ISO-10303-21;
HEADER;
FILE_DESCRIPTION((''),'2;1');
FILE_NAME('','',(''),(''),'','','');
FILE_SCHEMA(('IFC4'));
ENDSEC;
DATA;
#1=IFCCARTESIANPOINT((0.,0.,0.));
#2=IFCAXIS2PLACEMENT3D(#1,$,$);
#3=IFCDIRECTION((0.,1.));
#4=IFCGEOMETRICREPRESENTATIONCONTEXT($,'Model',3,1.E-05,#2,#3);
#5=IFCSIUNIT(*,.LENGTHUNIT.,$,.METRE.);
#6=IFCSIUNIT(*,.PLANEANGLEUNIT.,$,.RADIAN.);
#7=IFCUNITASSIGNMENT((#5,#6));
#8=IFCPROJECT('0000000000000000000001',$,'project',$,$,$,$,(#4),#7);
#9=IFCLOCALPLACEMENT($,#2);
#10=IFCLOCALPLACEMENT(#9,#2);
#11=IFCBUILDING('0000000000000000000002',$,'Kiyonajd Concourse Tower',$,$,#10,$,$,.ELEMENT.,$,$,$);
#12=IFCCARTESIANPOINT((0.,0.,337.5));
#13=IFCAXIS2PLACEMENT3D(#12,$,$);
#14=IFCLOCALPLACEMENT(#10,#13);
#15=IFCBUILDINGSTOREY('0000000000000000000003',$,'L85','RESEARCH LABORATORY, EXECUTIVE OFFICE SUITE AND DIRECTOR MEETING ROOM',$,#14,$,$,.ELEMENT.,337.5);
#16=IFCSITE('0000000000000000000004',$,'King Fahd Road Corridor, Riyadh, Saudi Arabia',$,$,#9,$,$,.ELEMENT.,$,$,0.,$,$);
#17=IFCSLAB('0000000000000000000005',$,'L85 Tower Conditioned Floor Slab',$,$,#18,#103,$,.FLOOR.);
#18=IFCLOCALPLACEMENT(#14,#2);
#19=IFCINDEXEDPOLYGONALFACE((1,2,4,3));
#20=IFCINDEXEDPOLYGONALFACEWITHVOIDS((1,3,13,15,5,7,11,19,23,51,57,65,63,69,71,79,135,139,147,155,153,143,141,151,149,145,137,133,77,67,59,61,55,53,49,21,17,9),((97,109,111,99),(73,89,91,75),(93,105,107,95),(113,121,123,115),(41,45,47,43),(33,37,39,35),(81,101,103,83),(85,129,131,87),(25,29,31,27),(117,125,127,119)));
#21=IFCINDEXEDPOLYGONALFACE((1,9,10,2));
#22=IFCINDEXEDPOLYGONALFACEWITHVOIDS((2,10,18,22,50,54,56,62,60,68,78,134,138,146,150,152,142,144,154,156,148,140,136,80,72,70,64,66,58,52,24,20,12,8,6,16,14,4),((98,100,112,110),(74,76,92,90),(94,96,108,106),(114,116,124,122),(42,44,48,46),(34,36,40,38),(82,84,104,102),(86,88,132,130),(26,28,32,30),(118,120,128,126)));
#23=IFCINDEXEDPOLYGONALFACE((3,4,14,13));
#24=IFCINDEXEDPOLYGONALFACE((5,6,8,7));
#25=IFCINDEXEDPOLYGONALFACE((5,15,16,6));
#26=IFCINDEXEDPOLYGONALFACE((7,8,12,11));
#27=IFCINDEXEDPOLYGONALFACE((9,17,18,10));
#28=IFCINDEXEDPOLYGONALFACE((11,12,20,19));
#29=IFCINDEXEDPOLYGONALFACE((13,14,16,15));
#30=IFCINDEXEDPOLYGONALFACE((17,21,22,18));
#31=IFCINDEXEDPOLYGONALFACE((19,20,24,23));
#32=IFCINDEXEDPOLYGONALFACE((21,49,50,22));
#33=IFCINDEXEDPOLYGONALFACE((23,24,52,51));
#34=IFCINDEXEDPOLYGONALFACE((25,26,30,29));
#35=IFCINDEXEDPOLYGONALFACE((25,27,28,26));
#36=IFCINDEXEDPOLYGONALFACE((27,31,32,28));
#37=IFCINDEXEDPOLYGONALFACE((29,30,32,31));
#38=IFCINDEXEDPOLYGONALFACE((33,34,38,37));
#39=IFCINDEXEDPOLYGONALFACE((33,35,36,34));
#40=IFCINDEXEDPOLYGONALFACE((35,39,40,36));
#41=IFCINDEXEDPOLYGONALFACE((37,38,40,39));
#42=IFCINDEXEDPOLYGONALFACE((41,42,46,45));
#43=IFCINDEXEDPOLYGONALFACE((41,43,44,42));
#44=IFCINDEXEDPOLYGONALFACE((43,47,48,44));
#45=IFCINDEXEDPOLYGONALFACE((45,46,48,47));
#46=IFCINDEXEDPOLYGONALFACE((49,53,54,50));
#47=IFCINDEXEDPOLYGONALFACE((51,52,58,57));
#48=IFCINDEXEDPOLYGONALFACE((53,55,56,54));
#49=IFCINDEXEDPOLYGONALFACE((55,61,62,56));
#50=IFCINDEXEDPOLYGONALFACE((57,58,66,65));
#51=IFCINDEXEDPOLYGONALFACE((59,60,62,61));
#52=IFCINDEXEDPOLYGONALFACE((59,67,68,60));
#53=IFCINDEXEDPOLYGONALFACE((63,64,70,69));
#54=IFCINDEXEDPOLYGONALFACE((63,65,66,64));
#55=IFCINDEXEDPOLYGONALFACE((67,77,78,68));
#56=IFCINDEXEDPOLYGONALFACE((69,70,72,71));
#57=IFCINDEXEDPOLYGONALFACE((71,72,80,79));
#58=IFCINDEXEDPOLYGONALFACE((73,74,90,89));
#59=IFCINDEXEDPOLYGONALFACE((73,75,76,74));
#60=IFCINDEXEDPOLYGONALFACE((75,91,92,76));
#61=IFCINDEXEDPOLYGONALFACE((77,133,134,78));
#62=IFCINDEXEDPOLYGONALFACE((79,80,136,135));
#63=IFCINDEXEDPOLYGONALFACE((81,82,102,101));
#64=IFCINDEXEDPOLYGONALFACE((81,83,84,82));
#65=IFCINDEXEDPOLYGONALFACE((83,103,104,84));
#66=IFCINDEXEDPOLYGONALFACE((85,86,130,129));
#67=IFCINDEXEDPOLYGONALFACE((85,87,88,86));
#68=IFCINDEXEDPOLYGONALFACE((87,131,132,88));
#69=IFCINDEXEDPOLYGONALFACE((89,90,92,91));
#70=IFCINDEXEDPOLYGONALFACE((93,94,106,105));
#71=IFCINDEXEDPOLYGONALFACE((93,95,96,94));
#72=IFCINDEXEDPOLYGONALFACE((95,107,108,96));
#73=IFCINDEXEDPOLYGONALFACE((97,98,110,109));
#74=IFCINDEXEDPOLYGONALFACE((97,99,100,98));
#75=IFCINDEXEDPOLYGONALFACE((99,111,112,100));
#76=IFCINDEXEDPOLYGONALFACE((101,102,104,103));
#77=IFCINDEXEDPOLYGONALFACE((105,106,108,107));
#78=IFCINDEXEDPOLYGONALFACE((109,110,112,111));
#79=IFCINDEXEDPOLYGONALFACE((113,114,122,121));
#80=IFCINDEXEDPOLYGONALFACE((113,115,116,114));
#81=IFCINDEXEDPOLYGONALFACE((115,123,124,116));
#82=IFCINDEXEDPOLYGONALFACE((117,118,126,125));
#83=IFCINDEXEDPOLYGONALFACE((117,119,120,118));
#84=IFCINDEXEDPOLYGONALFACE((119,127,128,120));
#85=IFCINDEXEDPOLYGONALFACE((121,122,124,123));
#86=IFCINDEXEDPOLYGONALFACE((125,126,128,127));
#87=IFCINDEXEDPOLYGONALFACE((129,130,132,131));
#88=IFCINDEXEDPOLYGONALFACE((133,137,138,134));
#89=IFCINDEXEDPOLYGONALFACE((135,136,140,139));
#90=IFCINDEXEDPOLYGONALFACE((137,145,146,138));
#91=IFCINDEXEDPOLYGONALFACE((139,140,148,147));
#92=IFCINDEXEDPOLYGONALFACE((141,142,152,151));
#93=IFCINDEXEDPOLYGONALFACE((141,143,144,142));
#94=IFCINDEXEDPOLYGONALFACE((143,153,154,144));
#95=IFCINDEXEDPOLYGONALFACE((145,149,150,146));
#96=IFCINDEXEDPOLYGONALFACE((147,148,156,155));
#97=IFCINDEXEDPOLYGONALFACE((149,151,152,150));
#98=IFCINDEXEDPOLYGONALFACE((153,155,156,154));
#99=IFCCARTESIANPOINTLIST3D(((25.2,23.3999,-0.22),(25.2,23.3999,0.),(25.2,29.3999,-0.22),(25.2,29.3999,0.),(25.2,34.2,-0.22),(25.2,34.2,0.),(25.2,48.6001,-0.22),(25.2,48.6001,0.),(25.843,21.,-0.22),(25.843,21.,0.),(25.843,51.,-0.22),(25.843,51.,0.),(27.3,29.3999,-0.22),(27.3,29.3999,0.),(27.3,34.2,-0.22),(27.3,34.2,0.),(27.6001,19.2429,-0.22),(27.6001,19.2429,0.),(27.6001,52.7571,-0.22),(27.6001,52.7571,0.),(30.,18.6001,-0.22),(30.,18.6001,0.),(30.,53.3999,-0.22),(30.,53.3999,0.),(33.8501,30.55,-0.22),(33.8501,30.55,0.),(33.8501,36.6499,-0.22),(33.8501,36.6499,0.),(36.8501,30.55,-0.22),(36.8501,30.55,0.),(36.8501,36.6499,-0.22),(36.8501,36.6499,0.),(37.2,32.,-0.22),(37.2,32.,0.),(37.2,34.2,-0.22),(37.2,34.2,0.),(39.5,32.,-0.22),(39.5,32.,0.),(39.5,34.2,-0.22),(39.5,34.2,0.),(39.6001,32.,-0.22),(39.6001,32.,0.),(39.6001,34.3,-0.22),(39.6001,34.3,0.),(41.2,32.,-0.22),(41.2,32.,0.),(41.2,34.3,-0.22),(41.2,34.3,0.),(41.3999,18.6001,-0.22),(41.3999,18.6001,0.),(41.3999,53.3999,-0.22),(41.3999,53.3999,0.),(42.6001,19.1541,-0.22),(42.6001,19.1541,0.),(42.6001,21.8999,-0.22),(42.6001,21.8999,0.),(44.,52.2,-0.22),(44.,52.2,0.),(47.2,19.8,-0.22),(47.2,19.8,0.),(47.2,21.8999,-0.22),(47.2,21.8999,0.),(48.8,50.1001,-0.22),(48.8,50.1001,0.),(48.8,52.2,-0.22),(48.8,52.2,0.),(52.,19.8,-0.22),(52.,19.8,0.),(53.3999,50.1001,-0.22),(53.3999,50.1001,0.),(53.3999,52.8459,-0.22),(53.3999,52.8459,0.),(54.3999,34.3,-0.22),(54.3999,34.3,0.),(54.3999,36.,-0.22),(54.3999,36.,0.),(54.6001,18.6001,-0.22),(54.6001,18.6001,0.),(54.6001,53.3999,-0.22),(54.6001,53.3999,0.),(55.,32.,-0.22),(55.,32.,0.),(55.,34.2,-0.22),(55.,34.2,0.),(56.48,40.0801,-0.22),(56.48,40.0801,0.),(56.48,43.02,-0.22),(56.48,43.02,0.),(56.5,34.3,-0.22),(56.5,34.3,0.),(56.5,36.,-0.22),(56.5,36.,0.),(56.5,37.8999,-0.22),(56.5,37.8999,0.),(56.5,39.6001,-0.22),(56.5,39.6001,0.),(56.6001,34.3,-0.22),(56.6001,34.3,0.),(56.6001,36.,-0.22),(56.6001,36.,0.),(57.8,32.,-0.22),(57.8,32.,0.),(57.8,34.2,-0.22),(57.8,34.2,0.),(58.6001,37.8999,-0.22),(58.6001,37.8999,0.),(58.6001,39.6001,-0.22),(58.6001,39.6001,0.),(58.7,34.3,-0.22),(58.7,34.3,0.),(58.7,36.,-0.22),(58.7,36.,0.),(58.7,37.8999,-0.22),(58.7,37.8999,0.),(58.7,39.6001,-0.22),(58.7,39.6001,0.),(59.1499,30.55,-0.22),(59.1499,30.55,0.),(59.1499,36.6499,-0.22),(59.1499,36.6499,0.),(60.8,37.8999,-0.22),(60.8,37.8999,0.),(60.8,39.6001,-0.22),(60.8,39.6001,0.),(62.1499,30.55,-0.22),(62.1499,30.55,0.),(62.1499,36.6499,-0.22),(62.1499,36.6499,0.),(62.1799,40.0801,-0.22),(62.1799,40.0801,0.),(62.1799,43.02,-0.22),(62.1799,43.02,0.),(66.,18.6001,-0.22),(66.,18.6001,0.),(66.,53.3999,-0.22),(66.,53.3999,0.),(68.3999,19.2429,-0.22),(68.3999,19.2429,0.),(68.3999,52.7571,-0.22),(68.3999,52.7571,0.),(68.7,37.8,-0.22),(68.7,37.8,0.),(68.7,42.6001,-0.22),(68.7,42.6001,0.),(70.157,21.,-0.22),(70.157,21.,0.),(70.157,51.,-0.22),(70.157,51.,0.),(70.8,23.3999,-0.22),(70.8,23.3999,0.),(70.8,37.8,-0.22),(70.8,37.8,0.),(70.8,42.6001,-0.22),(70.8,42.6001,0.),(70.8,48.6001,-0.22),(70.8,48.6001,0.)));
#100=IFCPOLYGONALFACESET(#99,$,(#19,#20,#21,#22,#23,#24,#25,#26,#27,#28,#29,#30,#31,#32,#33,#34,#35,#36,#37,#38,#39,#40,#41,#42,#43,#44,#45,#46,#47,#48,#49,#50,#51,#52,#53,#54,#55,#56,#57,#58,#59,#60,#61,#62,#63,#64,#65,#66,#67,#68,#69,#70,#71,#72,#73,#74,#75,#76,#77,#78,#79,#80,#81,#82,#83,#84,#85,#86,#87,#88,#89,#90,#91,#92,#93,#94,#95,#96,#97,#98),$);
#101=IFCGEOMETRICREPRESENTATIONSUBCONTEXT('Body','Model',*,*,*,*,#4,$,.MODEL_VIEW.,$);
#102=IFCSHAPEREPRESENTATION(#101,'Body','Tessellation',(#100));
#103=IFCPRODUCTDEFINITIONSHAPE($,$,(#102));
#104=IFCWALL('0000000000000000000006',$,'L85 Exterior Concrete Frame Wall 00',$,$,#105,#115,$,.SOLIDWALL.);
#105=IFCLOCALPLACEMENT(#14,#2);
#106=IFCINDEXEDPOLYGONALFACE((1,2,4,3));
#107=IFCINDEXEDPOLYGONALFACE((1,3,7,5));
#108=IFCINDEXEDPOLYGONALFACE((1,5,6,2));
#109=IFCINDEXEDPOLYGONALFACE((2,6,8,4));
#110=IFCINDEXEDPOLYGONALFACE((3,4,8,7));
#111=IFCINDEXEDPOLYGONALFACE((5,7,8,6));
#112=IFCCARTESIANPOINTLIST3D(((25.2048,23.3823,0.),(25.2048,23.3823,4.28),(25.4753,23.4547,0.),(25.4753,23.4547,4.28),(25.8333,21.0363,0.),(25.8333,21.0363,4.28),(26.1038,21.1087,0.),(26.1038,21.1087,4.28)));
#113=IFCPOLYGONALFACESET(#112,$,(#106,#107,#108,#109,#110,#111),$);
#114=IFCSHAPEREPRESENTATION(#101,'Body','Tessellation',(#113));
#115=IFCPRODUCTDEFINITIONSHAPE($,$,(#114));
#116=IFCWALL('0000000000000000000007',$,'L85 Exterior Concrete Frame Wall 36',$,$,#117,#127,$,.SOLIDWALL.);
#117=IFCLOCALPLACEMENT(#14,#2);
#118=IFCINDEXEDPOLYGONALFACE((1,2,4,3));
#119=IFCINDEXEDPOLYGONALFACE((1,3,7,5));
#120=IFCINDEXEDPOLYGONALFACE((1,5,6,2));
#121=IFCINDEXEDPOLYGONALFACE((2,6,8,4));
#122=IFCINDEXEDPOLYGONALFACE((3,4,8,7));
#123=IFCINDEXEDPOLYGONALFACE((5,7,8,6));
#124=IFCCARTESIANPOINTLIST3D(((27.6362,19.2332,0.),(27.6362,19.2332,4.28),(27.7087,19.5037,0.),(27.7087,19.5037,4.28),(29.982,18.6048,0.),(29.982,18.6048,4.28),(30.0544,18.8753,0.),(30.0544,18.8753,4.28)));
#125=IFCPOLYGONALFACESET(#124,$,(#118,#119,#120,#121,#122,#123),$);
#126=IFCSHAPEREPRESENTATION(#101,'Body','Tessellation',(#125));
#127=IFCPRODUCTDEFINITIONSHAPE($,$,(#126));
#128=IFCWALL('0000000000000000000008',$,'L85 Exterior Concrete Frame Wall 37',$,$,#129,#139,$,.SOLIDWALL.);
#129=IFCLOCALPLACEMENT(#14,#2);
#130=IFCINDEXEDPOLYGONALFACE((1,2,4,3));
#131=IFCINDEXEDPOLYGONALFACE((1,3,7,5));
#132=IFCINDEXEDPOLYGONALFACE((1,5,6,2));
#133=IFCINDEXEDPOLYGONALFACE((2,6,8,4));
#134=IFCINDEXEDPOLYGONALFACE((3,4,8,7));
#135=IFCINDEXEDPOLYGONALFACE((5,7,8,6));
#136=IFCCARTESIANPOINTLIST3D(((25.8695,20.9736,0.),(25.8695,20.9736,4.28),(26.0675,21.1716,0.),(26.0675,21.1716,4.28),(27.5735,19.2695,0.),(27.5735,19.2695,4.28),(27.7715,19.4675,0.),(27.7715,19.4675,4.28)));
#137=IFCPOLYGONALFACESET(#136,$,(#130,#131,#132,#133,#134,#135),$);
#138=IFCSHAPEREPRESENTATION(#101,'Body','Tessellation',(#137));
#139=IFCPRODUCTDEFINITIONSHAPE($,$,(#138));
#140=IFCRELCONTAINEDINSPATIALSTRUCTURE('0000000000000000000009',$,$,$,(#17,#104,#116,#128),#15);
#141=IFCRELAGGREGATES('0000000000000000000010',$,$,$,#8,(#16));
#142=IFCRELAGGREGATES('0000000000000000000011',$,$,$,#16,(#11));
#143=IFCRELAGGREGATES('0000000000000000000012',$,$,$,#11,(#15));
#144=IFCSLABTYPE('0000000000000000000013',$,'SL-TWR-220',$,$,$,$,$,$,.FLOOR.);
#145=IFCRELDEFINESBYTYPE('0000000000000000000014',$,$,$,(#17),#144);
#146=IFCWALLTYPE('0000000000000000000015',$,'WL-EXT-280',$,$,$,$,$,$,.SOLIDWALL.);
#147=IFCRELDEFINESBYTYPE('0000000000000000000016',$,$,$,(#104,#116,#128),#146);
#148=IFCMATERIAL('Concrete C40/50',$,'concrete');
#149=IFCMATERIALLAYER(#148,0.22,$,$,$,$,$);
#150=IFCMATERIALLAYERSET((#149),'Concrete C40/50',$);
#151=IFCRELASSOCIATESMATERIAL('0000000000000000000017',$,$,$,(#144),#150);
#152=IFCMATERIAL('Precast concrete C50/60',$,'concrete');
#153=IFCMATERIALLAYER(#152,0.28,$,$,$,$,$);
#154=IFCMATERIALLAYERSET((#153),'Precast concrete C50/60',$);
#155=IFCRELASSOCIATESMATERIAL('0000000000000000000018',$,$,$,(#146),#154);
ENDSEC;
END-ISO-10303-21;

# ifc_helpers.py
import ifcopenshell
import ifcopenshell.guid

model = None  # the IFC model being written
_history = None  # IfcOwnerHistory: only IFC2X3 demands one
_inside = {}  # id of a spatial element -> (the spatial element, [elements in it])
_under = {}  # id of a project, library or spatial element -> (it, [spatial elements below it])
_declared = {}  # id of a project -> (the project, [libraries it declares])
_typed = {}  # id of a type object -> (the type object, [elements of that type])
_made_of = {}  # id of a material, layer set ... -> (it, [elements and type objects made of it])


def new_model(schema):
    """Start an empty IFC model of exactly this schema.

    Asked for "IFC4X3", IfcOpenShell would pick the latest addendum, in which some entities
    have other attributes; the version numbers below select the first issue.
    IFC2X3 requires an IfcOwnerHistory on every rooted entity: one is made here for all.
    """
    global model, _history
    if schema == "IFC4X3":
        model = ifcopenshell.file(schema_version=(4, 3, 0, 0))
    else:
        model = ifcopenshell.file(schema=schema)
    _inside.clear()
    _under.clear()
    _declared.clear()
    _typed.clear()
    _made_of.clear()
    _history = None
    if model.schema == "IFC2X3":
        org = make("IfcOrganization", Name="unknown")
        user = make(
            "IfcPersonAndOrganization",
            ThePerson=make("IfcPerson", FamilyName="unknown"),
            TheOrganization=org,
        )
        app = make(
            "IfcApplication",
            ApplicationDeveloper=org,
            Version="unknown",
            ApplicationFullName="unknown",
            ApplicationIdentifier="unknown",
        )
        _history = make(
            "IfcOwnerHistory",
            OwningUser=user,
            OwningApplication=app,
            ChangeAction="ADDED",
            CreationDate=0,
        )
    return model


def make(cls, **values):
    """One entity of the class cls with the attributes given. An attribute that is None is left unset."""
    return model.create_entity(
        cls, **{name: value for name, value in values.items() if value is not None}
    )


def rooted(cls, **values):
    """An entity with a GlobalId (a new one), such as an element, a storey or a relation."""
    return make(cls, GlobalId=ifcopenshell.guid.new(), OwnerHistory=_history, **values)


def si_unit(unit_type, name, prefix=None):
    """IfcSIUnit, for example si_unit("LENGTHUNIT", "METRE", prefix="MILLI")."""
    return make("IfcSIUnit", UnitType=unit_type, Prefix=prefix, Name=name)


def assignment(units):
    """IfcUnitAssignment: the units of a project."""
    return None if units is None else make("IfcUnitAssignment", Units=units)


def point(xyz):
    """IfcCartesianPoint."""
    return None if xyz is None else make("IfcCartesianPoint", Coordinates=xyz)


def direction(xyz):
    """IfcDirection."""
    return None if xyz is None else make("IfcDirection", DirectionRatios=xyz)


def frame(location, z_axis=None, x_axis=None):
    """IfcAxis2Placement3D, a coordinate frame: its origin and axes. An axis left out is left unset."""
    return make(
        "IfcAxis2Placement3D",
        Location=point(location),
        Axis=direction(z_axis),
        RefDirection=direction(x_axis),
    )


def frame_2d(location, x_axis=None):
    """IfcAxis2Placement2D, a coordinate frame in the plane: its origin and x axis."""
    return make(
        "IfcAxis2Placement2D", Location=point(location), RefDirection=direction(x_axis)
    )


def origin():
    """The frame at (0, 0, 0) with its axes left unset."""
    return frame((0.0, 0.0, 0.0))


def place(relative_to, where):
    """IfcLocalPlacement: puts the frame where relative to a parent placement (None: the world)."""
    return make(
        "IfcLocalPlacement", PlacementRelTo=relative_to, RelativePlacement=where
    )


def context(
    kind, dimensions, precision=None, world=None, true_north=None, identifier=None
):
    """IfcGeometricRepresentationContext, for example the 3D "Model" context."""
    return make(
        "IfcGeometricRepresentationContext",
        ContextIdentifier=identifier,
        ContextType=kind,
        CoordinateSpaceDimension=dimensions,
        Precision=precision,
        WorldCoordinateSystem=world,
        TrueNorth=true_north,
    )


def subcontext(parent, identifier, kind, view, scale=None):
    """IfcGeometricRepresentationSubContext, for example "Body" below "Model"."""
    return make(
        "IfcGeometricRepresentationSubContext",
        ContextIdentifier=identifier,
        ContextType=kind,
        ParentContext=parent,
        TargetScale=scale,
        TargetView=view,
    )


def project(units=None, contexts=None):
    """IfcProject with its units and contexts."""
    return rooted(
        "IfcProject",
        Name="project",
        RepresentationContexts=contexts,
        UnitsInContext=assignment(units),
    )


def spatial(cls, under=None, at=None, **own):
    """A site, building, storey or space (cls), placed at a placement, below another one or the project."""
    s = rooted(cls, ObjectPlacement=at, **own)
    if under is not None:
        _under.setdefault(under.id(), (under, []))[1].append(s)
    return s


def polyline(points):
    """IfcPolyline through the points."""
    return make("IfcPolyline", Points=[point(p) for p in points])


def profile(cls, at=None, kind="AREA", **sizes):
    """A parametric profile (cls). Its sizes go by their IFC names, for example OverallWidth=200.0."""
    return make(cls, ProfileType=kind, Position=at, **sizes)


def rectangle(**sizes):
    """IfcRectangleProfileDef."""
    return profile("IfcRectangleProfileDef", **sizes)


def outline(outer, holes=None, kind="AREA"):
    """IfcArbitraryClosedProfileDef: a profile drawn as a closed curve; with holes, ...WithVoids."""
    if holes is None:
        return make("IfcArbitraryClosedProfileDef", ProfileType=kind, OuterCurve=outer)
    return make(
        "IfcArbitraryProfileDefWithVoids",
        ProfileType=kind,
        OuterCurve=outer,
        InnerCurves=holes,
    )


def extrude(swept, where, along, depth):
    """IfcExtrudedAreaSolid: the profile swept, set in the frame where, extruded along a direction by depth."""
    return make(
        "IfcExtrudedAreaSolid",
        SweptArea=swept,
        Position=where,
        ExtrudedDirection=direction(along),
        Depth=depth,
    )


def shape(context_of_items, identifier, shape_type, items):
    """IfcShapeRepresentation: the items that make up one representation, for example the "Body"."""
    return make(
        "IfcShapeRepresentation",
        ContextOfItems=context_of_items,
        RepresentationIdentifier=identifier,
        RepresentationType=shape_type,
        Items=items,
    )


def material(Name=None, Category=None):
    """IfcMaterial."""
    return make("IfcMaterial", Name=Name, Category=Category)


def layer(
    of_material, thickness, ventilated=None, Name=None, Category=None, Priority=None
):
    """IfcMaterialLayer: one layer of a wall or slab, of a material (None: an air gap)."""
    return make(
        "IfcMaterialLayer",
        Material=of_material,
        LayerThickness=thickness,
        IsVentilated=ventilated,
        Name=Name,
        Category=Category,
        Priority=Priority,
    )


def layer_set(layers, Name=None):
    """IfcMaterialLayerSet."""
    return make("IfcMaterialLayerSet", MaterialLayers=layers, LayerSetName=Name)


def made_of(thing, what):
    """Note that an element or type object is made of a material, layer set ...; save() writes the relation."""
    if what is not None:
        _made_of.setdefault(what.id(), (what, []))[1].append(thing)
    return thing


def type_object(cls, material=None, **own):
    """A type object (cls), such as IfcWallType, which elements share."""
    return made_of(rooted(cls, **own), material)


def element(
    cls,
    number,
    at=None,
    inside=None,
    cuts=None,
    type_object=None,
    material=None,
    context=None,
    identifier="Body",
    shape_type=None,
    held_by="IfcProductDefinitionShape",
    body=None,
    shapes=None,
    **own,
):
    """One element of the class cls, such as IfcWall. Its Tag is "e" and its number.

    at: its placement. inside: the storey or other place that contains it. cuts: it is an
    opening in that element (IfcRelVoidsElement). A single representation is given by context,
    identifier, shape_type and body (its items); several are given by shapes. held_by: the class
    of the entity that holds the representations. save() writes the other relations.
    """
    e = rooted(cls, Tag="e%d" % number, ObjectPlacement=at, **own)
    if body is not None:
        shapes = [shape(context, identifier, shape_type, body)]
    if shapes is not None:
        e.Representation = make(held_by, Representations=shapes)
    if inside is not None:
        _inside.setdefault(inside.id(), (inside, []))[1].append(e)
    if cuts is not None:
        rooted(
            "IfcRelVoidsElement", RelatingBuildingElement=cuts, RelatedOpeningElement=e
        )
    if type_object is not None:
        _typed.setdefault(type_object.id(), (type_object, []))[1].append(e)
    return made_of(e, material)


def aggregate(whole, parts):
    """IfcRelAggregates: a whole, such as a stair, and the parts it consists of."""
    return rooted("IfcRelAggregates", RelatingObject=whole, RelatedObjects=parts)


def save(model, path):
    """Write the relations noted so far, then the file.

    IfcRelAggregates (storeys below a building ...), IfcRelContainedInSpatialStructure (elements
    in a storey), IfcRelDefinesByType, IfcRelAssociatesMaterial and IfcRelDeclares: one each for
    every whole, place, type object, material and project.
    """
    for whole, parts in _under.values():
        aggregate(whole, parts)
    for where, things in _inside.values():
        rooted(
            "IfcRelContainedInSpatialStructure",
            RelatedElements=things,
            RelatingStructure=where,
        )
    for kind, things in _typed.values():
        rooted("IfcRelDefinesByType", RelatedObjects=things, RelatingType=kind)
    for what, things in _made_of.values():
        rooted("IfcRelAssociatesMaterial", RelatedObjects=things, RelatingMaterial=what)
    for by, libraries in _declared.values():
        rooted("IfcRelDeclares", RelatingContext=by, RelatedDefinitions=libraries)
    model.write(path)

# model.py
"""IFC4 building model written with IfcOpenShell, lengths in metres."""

from ifc_helpers import new_model, si_unit, direction, frame, frame_2d, origin, place, context, subcontext, project, spatial, polyline, rectangle, outline, extrude, material, layer, layer_set, type_object, element, save


model = new_model("IFC4")

# Units and contexts
model_context = context("Model", 3, precision=1e-05, world=origin(), true_north=direction((0.0, 1.0)))
body_context = subcontext(model_context, "Body", "Model", "MODEL_VIEW")
ifc_project = project(units=[si_unit("LENGTHUNIT", "METRE"), si_unit("PLANEANGLEUNIT", "RADIAN")], contexts=[model_context])

# Site, building, storey
site_placement = place(None, origin())
site = spatial("IfcSite", under=ifc_project, at=site_placement, Name="King Fahd Road Corridor, Riyadh, Saudi Arabia", CompositionType="ELEMENT", RefElevation=0.0)
building_placement = place(site_placement, origin())
building = spatial("IfcBuilding", under=site, at=building_placement, Name="Kiyonajd Concourse Tower", CompositionType="ELEMENT")
storey_placement = place(building_placement, frame((0.0, 0.0, 337.5)))
storey = spatial("IfcBuildingStorey", under=building, at=storey_placement, Name="L85", Description="RESEARCH LABORATORY, EXECUTIVE OFFICE SUITE AND DIRECTOR MEETING ROOM", CompositionType="ELEMENT", Elevation=337.5)

# Shared definitions
ifc_material_1 = material(Name="Concrete C40/50", Category="concrete")

# Slab
ifc_material_2 = material(Name="Precast concrete C50/60", Category="concrete")
ifc_layer_1 = layer(ifc_material_1, 0.22)
ifc_layer_set_1 = layer_set([ifc_layer_1], Name="Concrete C40/50")
slab_type_1 = type_object("IfcSlabType", Name="SL-TWR-220", PredefinedType="FLOOR", material=ifc_layer_set_1)
slab_1_placement = place(storey_placement, frame((0.0, 0.0, -0.22)))
element("IfcSlab", 1, at=slab_1_placement, inside=storey, type_object=slab_type_1, Name="L85 Tower Conditioned Floor Slab", PredefinedType="FLOOR", context=body_context, shape_type="SweptSolid", body=[
    extrude(outline(polyline([(25.843, 21.0), (25.2, 23.3999), (25.2, 29.3999), (27.3, 29.3999), (27.3, 34.2), (25.2, 34.2), (25.2, 48.6001), (25.843, 51.0), (27.6001, 52.7571), (30.0, 53.3999), (41.3999, 53.3999), (44.0, 52.2), (48.8, 52.2), (48.8, 50.1001), (53.3999, 50.1001), (53.3999, 52.8459), (54.6001, 53.3999), (66.0, 53.3999), (68.3999, 52.7571), (70.157, 51.0), (70.8, 48.6001), (70.8, 42.6001), (68.7, 42.6001), (68.7, 37.8), (70.8, 37.8), (70.8, 23.3999), (70.157, 21.0), (68.3999, 19.2429), (66.0, 18.6001), (54.6001, 18.6001), (52.0, 19.8), (47.2, 19.8), (47.2, 21.8999), (42.6001, 21.8999), (42.6001, 19.1541), (41.3999, 18.6001), (30.0, 18.6001), (27.6001, 19.2429), (25.843, 21.0)]), holes=[polyline([(39.5, 32.0), (37.2, 32.0), (37.2, 34.2), (39.5, 34.2), (39.5, 32.0)]), polyline([(57.8, 32.0), (55.0, 32.0), (55.0, 34.2), (57.8, 34.2), (57.8, 32.0)]), polyline([(41.2, 32.0), (39.6001, 32.0), (39.6001, 34.3), (41.2, 34.3), (41.2, 32.0)]), polyline([(33.8501, 30.55), (33.8501, 36.6499), (36.8501, 36.6499), (36.8501, 30.55), (33.8501, 30.55)]), polyline([(59.1499, 30.55), (59.1499, 36.6499), (62.1499, 36.6499), (62.1499, 30.55), (59.1499, 30.55)]), polyline([(56.5, 34.3), (54.3999, 34.3), (54.3999, 36.0), (56.5, 36.0), (56.5, 34.3)]), polyline([(58.7, 34.3), (56.6001, 34.3), (56.6001, 36.0), (58.7, 36.0), (58.7, 34.3)]), polyline([(58.6001, 37.8999), (56.5, 37.8999), (56.5, 39.6001), (58.6001, 39.6001), (58.6001, 37.8999)]), polyline([(58.7, 37.8999), (58.7, 39.6001), (60.8, 39.6001), (60.8, 37.8999), (58.7, 37.8999)]), polyline([(56.48, 43.02), (62.1799, 43.02), (62.1799, 40.0801), (56.48, 40.0801), (56.48, 43.02)])]), origin(), (0.0, 0.0, 1.0), 0.22),
])

# Walls
ifc_layer_2 = layer(ifc_material_2, 0.28)
ifc_layer_set_2 = layer_set([ifc_layer_2], Name="Precast concrete C50/60")
wall_type = type_object("IfcWallType", Name="WL-EXT-280", PredefinedType="SOLIDWALL", material=ifc_layer_set_2)
wall_1_placement = place(storey_placement, frame((25.9685, 21.0725, 0.0), z_axis=(0.0, 0.0, 1.0), x_axis=(-0.258751, 0.965944, 0.0)))
element("IfcWall", 2, at=wall_1_placement, inside=storey, type_object=wall_type, Name="L85 Exterior Concrete Frame Wall 00", PredefinedType="SOLIDWALL", context=body_context, shape_type="SweptSolid", body=[
    extrude(rectangle(XDim=2.4287, YDim=0.28, at=frame_2d((1.2144, 0.0))), origin(), (0.0, 0.0, 1.0), 4.28),
])
wall_2_placement = place(storey_placement, frame((30.0183, 18.74, 0.0), z_axis=(0.0, 0.0, 1.0), x_axis=(-0.965937, 0.258776, 0.0)))
element("IfcWall", 3, at=wall_2_placement, inside=storey, type_object=wall_type, Name="L85 Exterior Concrete Frame Wall 36", PredefinedType="SOLIDWALL", context=body_context, shape_type="SweptSolid", body=[
    extrude(rectangle(XDim=2.4285, YDim=0.28, at=frame_2d((1.2144, 0.0))), origin(), (0.0, 0.0, 1.0), 4.28),
])
wall_3_placement = place(storey_placement, frame((27.6726, 19.3684, 0.0), z_axis=(0.0, 0.0, 1.0), x_axis=(-0.707107, 0.707107, 0.0)))
element("IfcWall", 4, at=wall_3_placement, inside=storey, type_object=wall_type, Name="L85 Exterior Concrete Frame Wall 37", PredefinedType="SOLIDWALL", context=body_context, shape_type="SweptSolid", body=[
    extrude(rectangle(XDim=2.4099, YDim=0.28, at=frame_2d((1.2051, 0.0))), origin(), (0.0, 0.0, 1.0), 4.28),
])

save(model, "model.ifc")
